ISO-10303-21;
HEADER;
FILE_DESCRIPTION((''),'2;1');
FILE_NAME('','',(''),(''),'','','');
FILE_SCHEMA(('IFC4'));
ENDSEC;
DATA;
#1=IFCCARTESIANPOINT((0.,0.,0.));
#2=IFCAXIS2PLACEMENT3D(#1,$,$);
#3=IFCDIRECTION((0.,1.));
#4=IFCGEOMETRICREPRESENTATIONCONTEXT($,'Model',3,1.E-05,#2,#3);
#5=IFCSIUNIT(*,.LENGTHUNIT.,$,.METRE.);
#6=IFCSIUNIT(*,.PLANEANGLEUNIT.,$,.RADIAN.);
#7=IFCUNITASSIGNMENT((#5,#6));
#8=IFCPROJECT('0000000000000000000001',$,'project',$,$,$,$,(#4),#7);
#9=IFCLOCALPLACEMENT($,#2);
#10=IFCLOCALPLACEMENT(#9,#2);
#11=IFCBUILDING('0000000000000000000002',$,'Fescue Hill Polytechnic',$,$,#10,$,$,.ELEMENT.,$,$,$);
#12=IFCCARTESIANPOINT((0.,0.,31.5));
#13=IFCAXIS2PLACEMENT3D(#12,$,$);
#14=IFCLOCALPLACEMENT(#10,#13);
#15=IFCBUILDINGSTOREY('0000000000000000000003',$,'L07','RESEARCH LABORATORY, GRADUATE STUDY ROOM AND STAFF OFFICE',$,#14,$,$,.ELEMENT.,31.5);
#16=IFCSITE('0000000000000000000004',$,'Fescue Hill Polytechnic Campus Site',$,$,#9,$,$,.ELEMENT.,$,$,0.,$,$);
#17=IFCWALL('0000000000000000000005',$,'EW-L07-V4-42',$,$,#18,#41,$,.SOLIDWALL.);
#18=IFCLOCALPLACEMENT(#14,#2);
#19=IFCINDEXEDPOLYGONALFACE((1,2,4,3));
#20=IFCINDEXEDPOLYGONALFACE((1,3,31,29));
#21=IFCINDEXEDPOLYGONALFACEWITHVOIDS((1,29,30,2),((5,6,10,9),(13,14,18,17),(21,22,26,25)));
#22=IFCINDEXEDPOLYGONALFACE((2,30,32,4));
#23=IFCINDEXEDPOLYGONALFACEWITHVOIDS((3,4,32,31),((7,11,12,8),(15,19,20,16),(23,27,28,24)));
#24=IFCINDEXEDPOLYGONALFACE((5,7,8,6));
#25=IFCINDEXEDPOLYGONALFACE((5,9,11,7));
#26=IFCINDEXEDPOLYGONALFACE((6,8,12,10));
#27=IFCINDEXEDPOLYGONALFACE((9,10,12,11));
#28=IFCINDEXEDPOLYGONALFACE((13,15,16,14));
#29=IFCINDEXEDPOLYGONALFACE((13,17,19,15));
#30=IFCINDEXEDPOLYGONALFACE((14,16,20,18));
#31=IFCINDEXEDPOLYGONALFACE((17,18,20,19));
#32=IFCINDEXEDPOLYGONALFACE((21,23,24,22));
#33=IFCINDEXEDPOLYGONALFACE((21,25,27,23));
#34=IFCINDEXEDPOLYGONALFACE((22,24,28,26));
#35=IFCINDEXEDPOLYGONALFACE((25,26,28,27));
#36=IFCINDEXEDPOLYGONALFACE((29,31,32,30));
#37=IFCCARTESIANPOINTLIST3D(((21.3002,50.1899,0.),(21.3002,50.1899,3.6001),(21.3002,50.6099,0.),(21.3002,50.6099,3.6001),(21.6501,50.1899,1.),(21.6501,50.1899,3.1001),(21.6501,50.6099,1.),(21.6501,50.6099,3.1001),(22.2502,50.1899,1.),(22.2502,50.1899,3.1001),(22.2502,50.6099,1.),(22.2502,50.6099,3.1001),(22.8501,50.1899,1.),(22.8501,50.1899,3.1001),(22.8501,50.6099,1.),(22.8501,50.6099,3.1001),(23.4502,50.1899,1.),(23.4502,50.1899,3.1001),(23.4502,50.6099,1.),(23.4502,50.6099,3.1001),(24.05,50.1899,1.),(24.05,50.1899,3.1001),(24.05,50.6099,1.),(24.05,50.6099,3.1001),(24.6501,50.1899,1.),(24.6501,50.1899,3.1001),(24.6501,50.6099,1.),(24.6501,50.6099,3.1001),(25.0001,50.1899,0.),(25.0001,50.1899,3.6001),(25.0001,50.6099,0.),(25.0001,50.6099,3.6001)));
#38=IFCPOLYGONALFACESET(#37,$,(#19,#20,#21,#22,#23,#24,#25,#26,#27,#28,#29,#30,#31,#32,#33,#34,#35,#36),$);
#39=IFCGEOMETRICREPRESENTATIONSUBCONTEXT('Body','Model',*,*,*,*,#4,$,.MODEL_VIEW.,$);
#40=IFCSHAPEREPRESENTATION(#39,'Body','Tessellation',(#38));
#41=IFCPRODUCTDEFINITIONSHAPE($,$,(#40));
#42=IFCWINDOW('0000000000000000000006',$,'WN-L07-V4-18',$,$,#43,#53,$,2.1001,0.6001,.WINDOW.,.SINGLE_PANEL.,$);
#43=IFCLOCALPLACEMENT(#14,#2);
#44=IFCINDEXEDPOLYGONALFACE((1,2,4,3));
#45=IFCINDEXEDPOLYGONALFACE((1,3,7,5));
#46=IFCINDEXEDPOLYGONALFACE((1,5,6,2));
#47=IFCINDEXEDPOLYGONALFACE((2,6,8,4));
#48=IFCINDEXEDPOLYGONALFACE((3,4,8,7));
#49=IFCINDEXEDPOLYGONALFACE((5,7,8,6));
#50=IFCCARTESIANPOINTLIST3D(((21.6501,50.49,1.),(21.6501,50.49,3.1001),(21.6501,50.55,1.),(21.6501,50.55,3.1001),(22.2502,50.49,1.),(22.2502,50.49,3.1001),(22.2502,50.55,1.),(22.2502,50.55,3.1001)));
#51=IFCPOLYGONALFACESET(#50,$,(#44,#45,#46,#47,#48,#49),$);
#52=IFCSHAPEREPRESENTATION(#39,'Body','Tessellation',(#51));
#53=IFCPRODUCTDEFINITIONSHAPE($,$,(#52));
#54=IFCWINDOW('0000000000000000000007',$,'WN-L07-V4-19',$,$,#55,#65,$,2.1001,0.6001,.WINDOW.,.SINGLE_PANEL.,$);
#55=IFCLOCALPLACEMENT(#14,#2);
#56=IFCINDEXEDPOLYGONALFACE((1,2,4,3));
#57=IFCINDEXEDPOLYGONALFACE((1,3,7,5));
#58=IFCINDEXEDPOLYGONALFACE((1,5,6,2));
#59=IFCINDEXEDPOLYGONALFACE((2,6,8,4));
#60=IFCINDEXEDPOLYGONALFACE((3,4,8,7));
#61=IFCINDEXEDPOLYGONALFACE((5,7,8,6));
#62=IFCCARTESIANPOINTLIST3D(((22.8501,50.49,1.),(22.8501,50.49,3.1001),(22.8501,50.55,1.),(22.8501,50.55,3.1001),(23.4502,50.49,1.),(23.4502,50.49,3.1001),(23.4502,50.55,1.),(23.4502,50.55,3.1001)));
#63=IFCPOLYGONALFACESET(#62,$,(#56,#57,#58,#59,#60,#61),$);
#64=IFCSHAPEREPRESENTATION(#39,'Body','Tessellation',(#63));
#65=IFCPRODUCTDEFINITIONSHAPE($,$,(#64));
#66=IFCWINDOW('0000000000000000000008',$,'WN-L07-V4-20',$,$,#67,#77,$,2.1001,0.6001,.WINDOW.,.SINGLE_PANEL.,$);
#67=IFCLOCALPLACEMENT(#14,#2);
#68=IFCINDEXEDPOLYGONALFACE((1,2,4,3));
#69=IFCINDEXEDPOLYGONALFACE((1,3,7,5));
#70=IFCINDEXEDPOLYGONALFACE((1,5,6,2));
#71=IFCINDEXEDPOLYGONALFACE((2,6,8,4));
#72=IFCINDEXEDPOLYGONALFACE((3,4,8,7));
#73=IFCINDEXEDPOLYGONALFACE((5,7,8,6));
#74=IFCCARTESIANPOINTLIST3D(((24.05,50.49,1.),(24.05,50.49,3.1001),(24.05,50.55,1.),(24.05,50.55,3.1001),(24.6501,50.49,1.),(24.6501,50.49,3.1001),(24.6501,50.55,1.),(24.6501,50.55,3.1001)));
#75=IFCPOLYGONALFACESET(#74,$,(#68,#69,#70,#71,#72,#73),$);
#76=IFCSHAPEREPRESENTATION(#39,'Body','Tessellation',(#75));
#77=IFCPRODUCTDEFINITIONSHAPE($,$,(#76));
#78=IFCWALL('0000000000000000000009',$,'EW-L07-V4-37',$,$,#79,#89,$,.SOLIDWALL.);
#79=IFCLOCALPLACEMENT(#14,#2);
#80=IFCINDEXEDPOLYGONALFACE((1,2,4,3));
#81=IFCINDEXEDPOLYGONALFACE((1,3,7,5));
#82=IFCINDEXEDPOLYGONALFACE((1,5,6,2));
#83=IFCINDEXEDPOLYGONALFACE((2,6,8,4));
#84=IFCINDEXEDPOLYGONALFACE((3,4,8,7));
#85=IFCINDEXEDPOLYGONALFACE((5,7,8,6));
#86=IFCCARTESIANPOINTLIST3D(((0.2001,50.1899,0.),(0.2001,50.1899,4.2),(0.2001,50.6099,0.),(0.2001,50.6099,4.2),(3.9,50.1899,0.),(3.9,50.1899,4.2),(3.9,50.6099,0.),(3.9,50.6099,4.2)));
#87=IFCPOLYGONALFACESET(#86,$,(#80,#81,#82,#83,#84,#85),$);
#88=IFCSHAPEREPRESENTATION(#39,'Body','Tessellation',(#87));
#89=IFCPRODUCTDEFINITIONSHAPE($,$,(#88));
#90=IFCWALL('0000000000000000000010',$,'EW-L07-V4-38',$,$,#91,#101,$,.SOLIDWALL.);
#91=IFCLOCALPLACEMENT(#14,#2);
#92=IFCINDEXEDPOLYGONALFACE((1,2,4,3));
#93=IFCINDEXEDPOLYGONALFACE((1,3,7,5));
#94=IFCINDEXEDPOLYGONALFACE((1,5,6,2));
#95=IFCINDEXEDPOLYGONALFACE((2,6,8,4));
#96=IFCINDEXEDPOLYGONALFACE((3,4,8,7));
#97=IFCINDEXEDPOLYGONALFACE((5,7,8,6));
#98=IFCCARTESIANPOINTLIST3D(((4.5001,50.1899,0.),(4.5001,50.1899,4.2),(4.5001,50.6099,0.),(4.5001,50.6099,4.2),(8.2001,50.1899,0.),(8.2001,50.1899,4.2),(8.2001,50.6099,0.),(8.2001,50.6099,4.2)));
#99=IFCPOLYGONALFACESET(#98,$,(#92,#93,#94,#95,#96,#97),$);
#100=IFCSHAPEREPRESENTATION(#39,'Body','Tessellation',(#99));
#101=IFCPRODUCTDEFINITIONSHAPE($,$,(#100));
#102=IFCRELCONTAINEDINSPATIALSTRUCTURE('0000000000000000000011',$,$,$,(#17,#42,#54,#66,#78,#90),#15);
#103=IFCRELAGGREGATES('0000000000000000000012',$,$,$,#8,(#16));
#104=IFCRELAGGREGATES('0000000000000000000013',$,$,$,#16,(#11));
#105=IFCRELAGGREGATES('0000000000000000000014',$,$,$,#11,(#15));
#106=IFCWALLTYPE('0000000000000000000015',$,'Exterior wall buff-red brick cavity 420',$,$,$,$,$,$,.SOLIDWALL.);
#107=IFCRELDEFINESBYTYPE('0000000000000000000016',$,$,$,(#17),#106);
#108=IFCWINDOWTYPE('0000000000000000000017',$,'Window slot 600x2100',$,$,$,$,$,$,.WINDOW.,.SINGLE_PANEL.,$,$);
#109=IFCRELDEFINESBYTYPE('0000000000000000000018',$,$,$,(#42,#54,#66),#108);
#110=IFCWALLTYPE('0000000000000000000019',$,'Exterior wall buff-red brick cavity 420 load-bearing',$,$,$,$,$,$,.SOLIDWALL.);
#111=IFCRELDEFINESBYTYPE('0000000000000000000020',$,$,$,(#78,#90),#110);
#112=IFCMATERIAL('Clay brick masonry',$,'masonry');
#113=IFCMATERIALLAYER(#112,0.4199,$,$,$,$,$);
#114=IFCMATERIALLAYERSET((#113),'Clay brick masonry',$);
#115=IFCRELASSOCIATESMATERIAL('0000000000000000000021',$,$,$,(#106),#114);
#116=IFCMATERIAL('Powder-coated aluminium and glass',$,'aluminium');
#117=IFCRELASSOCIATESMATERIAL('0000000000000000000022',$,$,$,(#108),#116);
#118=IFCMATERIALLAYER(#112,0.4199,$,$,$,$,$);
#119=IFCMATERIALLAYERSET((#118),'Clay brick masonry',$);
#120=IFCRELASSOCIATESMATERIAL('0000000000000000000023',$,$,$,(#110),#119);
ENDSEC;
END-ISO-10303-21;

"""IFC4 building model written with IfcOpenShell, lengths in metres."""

from ifc_helpers import new_model, si_unit, direction, frame, frame_2d, origin, place, context, subcontext, project, spatial, rectangle, extrude, material, layer, layer_set, type_object, element, fill, save


model = new_model("IFC4")

# Units and contexts
model_context = context("Model", 3, precision=1e-05, world=origin(), true_north=direction((0.0, 1.0)))
body_context = subcontext(model_context, "Body", "Model", "MODEL_VIEW")
ifc_project = project(units=[si_unit("LENGTHUNIT", "METRE"), si_unit("PLANEANGLEUNIT", "RADIAN")], contexts=[model_context])

# Site, building, storey
site_placement = place(None, origin())
site = spatial("IfcSite", under=ifc_project, at=site_placement, Name="Fescue Hill Polytechnic Campus Site", CompositionType="ELEMENT", RefElevation=0.0)
building_placement = place(site_placement, origin())
building = spatial("IfcBuilding", under=site, at=building_placement, Name="Fescue Hill Polytechnic", CompositionType="ELEMENT")
storey_placement = place(building_placement, frame((0.0, 0.0, 31.5)))
storey = spatial("IfcBuildingStorey", under=building, at=storey_placement, Name="L07", Description="RESEARCH LABORATORY, GRADUATE STUDY ROOM AND STAFF OFFICE", CompositionType="ELEMENT", Elevation=31.5)

# Shared definitions
ifc_material_1 = material(Name="Clay brick masonry", Category="masonry")

# Wall, openings, windows
ifc_layer_1 = layer(ifc_material_1, 0.4199)
ifc_layer_set_1 = layer_set([ifc_layer_1], Name="Clay brick masonry")
wall_type_1 = type_object("IfcWallType", Name="Exterior wall buff-red brick cavity 420", PredefinedType="SOLIDWALL", material=ifc_layer_set_1)
ifc_material_2 = material(Name="Powder-coated aluminium and glass", Category="aluminium")
window_type = type_object("IfcWindowType", Name="Window slot 600x2100", PartitioningType="SINGLE_PANEL", PredefinedType="WINDOW", material=ifc_material_2)
wall_1_placement = place(storey_placement, frame((21.3, 50.3999, 0.0), z_axis=(0.0, 0.0, 1.0), x_axis=(1.0, 0.0, 0.0)))
wall_1 = element("IfcWall", 1, at=wall_1_placement, inside=storey, type_object=wall_type_1, Name="EW-L07-V4-42", PredefinedType="SOLIDWALL", context=body_context, shape_type="SweptSolid", body=[
    extrude(rectangle(XDim=3.7, YDim=0.4199, at=frame_2d((1.8501, 0.0))), origin(), (0.0, 0.0, 1.0), 3.6001),
])
opening_1_placement = place(wall_1_placement, frame((0.3501, 0.0, 1.0)))
opening_1 = element("IfcOpeningElement", 2, at=opening_1_placement, cuts=wall_1, PredefinedType="OPENING", context=body_context, shape_type="SweptSolid", body=[
    extrude(rectangle(XDim=0.6001, YDim=2.1001, at=frame_2d((0.3, 1.05))), frame((0.0, 0.22, 0.0), z_axis=(0.0, -1.0, 0.0), x_axis=(1.0, 0.0, 0.0)), (0.0, 0.0, 1.0), 0.4399),
])
opening_2_placement = place(wall_1_placement, frame((1.55, 0.0, 1.0)))
opening_2 = element("IfcOpeningElement", 3, at=opening_2_placement, cuts=wall_1, PredefinedType="OPENING", context=body_context, shape_type="SweptSolid", body=[
    extrude(rectangle(XDim=0.6001, YDim=2.1001, at=frame_2d((0.3, 1.05))), frame((0.0, 0.22, 0.0), z_axis=(0.0, -1.0, 0.0), x_axis=(1.0, 0.0, 0.0)), (0.0, 0.0, 1.0), 0.4399),
])
opening_3_placement = place(wall_1_placement, frame((2.75, 0.0, 1.0)))
opening_3 = element("IfcOpeningElement", 4, at=opening_3_placement, cuts=wall_1, PredefinedType="OPENING", context=body_context, shape_type="SweptSolid", body=[
    extrude(rectangle(XDim=0.6001, YDim=2.1001, at=frame_2d((0.3, 1.05))), frame((0.0, 0.22, 0.0), z_axis=(0.0, -1.0, 0.0), x_axis=(1.0, 0.0, 0.0)), (0.0, 0.0, 1.0), 0.4399),
])
window_1_placement = place(opening_1_placement, origin())
window_1 = element("IfcWindow", 5, at=window_1_placement, inside=storey, type_object=window_type, Name="WN-L07-V4-18", OverallHeight=2.1001, OverallWidth=0.6001, PartitioningType="SINGLE_PANEL", PredefinedType="WINDOW", context=body_context, shape_type="SweptSolid", body=[
    extrude(rectangle(XDim=0.6001, YDim=2.1001, at=frame_2d((0.3, 1.05))), frame((0.0, 0.1501, 0.0), z_axis=(0.0, -1.0, 0.0), x_axis=(1.0, 0.0, 0.0)), (0.0, 0.0, 1.0), 0.0601),
])
fill(opening_1, window_1)
window_2_placement = place(opening_2_placement, origin())
window_2 = element("IfcWindow", 6, at=window_2_placement, inside=storey, type_object=window_type, Name="WN-L07-V4-19", OverallHeight=2.1001, OverallWidth=0.6001, PartitioningType="SINGLE_PANEL", PredefinedType="WINDOW", context=body_context, shape_type="SweptSolid", body=[
    extrude(rectangle(XDim=0.6001, YDim=2.1001, at=frame_2d((0.3, 1.05))), frame((0.0, 0.1501, 0.0), z_axis=(0.0, -1.0, 0.0), x_axis=(1.0, 0.0, 0.0)), (0.0, 0.0, 1.0), 0.0601),
])
fill(opening_2, window_2)
window_3_placement = place(opening_3_placement, origin())
window_3 = element("IfcWindow", 7, at=window_3_placement, inside=storey, type_object=window_type, Name="WN-L07-V4-20", OverallHeight=2.1001, OverallWidth=0.6001, PartitioningType="SINGLE_PANEL", PredefinedType="WINDOW", context=body_context, shape_type="SweptSolid", body=[
    extrude(rectangle(XDim=0.6001, YDim=2.1001, at=frame_2d((0.3, 1.05))), frame((0.0, 0.1501, 0.0), z_axis=(0.0, -1.0, 0.0), x_axis=(1.0, 0.0, 0.0)), (0.0, 0.0, 1.0), 0.0601),
])
fill(opening_3, window_3)

# Walls
ifc_layer_2 = layer(ifc_material_1, 0.4199)
ifc_layer_set_2 = layer_set([ifc_layer_2], Name="Clay brick masonry")
wall_type_2 = type_object("IfcWallType", Name="Exterior wall buff-red brick cavity 420 load-bearing", PredefinedType="SOLIDWALL", material=ifc_layer_set_2)
for number, where, z_axis, x_axis, name in (
    (8, (0.2, 50.3999, 0.0), (0.0, 0.0, 1.0), (1.0, 0.0, 0.0), "EW-L07-V4-37"),
    (9, (4.5, 50.3999, 0.0), (0.0, 0.0, 1.0), (1.0, 0.0, 0.0), "EW-L07-V4-38"),
):
    element("IfcWall", number, at=place(storey_placement, frame(where, z_axis=z_axis, x_axis=x_axis)), inside=storey, type_object=wall_type_2, Name=name, PredefinedType="SOLIDWALL", context=body_context, shape_type="SweptSolid", body=[
        extrude(rectangle(XDim=3.7, YDim=0.4199, at=frame_2d((1.8501, 0.0))), origin(), (0.0, 0.0, 1.0), 4.2),
    ])

save(model, "model.ifc")
